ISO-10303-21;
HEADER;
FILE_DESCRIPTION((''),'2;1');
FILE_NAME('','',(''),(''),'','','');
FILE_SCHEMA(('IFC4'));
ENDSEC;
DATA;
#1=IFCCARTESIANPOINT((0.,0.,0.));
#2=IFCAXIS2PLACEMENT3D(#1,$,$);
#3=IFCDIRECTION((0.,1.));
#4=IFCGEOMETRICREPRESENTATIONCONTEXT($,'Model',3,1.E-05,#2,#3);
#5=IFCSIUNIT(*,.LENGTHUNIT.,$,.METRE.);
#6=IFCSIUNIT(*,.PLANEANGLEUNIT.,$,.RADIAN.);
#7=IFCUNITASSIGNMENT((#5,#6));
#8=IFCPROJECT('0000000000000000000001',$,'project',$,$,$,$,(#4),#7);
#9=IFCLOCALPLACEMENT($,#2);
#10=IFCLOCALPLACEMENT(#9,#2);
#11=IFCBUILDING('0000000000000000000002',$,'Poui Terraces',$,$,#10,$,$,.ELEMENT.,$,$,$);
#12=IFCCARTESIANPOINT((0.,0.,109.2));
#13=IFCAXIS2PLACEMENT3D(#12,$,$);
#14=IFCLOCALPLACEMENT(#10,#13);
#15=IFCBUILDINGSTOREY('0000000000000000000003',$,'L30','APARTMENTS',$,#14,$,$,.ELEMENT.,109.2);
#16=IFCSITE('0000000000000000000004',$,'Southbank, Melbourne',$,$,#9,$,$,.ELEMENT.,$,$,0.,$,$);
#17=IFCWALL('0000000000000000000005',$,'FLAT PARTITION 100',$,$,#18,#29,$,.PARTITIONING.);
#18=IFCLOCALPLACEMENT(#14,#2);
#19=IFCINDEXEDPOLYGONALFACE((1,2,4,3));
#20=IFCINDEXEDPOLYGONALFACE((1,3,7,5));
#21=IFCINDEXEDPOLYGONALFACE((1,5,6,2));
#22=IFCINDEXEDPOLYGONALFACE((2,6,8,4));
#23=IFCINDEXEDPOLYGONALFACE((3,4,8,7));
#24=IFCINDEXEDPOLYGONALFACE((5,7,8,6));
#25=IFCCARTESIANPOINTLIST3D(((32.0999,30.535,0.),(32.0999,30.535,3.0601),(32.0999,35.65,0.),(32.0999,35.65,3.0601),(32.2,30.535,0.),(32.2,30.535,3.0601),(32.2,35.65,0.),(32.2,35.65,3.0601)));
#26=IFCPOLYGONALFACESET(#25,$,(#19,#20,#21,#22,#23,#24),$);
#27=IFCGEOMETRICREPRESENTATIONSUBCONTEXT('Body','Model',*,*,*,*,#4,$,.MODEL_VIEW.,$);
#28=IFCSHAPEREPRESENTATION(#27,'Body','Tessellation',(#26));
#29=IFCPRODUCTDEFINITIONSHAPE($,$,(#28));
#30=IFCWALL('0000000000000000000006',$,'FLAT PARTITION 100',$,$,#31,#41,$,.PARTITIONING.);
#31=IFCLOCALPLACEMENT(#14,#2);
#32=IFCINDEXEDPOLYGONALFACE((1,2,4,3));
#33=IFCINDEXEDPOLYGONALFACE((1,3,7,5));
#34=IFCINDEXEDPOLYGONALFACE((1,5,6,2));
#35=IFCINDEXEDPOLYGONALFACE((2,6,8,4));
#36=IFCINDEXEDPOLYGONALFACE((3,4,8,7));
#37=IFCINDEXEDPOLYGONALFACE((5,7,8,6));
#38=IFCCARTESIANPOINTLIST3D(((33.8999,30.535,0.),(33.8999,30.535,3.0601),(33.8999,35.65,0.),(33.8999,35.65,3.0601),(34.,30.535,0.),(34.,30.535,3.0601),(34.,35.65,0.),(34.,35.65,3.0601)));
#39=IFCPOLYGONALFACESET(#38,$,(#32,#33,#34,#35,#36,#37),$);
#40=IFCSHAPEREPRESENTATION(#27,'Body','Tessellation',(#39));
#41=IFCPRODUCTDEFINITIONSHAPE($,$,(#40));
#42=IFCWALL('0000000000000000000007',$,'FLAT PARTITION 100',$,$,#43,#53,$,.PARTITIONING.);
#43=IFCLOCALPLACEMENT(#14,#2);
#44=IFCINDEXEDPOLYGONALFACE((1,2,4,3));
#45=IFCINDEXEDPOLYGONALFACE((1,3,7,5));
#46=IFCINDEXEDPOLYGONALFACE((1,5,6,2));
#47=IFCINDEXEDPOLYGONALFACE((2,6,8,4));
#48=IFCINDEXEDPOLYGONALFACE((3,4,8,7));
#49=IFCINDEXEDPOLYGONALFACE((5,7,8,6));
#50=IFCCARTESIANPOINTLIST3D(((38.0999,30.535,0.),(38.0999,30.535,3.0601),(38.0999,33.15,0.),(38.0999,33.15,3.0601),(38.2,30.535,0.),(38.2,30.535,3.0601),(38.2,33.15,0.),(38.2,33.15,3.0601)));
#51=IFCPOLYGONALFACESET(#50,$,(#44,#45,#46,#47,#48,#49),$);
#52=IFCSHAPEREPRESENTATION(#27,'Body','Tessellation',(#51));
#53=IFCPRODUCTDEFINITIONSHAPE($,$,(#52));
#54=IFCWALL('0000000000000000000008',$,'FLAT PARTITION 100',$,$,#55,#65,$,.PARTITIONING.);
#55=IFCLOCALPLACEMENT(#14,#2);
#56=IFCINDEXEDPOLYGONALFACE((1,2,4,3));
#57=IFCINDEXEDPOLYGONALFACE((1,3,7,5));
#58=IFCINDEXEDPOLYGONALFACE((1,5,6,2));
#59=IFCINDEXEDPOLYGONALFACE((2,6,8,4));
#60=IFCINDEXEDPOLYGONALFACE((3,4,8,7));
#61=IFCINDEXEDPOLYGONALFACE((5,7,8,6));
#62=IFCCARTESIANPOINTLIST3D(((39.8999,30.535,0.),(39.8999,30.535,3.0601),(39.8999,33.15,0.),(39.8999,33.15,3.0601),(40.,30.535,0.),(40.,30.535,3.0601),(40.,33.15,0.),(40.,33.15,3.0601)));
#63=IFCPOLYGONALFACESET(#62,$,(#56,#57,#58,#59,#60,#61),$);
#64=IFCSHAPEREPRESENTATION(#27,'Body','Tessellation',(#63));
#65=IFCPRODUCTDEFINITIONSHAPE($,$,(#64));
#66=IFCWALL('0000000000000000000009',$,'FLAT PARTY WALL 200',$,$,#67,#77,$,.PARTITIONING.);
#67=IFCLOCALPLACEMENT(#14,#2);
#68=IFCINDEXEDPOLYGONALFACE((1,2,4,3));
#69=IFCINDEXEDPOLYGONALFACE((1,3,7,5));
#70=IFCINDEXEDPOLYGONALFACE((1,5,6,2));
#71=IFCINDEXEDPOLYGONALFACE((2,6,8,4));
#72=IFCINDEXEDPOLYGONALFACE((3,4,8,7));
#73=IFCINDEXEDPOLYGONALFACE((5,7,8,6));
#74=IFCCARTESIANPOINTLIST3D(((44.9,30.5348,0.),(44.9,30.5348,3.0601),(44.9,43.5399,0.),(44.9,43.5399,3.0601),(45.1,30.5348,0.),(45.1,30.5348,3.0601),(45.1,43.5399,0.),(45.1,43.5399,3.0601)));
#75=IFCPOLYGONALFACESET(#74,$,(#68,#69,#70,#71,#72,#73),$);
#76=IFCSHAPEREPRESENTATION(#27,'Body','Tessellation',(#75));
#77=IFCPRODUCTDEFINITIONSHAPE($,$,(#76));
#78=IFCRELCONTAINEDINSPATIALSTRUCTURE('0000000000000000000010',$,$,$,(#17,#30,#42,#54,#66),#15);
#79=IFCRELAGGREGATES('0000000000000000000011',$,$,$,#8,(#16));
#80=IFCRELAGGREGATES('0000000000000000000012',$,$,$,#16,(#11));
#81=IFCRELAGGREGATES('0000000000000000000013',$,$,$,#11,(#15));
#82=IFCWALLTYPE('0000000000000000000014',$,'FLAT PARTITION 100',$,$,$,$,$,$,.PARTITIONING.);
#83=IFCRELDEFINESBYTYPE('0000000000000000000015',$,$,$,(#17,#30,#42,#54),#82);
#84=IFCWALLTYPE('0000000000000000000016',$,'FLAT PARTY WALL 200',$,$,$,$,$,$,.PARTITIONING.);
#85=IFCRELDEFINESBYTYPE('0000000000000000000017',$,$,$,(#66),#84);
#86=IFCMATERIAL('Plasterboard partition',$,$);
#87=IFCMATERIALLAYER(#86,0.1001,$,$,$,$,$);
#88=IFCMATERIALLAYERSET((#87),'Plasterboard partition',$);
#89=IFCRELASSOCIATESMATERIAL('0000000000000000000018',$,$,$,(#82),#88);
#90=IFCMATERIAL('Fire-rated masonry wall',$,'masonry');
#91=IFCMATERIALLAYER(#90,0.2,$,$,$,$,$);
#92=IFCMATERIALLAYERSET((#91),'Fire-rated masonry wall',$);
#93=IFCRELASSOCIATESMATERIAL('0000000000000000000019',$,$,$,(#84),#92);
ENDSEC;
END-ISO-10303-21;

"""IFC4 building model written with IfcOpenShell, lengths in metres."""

from ifc_helpers import new_model, si_unit, direction, frame, frame_2d, origin, place, context, subcontext, project, spatial, rectangle, extrude, material, layer, layer_set, type_object, element, save


model = new_model("IFC4")

# Units and contexts
model_context = context("Model", 3, precision=1e-05, world=origin(), true_north=direction((0.0, 1.0)))
body_context = subcontext(model_context, "Body", "Model", "MODEL_VIEW")
ifc_project = project(units=[si_unit("LENGTHUNIT", "METRE"), si_unit("PLANEANGLEUNIT", "RADIAN")], contexts=[model_context])

# Site, building, storey
site_placement = place(None, origin())
site = spatial("IfcSite", under=ifc_project, at=site_placement, Name="Southbank, Melbourne", CompositionType="ELEMENT", RefElevation=0.0)
building_placement = place(site_placement, origin())
building = spatial("IfcBuilding", under=site, at=building_placement, Name="Poui Terraces", CompositionType="ELEMENT")
storey_placement = place(building_placement, frame((0.0, 0.0, 109.2)))
storey = spatial("IfcBuildingStorey", under=building, at=storey_placement, Name="L30", Description="APARTMENTS", CompositionType="ELEMENT", Elevation=109.2)

# Shared definitions
ifc_material_1 = material(Name="Plasterboard partition")
ifc_layer_1 = layer(ifc_material_1, 0.1001)
ifc_layer_set_1 = layer_set([ifc_layer_1], Name="Plasterboard partition")
wall_type_1 = type_object("IfcWallType", Name="FLAT PARTITION 100", PredefinedType="PARTITIONING", material=ifc_layer_set_1)

# Walls
for number, where, z_axis, x_axis, name in (
    (1, (32.1499, 30.5349, 0.0), (0.0, 0.0, 1.0), (0.0, 1.0, 0.0), "FLAT PARTITION 100"),
    (2, (33.95, 30.5349, 0.0), (0.0, 0.0, 1.0), (0.0, 1.0, 0.0), "FLAT PARTITION 100"),
):
    element("IfcWall", number, at=place(storey_placement, frame(where, z_axis=z_axis, x_axis=x_axis)), inside=storey, type_object=wall_type_1, Name=name, PredefinedType="PARTITIONING", context=body_context, shape_type="SweptSolid", body=[
        extrude(rectangle(XDim=5.115, YDim=0.1001, at=frame_2d((2.5576, 0.0))), origin(), (0.0, 0.0, 1.0), 3.0601),
    ])
for number, where, z_axis, x_axis, name in (
    (3, (38.1499, 30.5349, 0.0), (0.0, 0.0, 1.0), (0.0, 1.0, 0.0), "FLAT PARTITION 100"),
    (4, (39.95, 30.5349, 0.0), (0.0, 0.0, 1.0), (0.0, 1.0, 0.0), "FLAT PARTITION 100"),
):
    element("IfcWall", number, at=place(storey_placement, frame(where, z_axis=z_axis, x_axis=x_axis)), inside=storey, type_object=wall_type_1, Name=name, PredefinedType="PARTITIONING", context=body_context, shape_type="SweptSolid", body=[
        extrude(rectangle(XDim=2.615, YDim=0.1001, at=frame_2d((1.3076, 0.0))), origin(), (0.0, 0.0, 1.0), 3.0601),
    ])
ifc_material_2 = material(Name="Fire-rated masonry wall", Category="masonry")
ifc_layer_2 = layer(ifc_material_2, 0.2)
ifc_layer_set_2 = layer_set([ifc_layer_2], Name="Fire-rated masonry wall")
wall_type_2 = type_object("IfcWallType", Name="FLAT PARTY WALL 200", PredefinedType="PARTITIONING", material=ifc_layer_set_2)
wall_1_placement = place(storey_placement, frame((45.0, 30.5349, 0.0), z_axis=(0.0, 0.0, 1.0), x_axis=(0.0, 1.0, 0.0)))
element("IfcWall", 5, at=wall_1_placement, inside=storey, type_object=wall_type_2, Name="FLAT PARTY WALL 200", PredefinedType="PARTITIONING", context=body_context, shape_type="SweptSolid", body=[
    extrude(rectangle(XDim=13.0051, YDim=0.2, at=frame_2d((6.5024, 0.0))), origin(), (0.0, 0.0, 1.0), 3.0601),
])

save(model, "model.ifc")
